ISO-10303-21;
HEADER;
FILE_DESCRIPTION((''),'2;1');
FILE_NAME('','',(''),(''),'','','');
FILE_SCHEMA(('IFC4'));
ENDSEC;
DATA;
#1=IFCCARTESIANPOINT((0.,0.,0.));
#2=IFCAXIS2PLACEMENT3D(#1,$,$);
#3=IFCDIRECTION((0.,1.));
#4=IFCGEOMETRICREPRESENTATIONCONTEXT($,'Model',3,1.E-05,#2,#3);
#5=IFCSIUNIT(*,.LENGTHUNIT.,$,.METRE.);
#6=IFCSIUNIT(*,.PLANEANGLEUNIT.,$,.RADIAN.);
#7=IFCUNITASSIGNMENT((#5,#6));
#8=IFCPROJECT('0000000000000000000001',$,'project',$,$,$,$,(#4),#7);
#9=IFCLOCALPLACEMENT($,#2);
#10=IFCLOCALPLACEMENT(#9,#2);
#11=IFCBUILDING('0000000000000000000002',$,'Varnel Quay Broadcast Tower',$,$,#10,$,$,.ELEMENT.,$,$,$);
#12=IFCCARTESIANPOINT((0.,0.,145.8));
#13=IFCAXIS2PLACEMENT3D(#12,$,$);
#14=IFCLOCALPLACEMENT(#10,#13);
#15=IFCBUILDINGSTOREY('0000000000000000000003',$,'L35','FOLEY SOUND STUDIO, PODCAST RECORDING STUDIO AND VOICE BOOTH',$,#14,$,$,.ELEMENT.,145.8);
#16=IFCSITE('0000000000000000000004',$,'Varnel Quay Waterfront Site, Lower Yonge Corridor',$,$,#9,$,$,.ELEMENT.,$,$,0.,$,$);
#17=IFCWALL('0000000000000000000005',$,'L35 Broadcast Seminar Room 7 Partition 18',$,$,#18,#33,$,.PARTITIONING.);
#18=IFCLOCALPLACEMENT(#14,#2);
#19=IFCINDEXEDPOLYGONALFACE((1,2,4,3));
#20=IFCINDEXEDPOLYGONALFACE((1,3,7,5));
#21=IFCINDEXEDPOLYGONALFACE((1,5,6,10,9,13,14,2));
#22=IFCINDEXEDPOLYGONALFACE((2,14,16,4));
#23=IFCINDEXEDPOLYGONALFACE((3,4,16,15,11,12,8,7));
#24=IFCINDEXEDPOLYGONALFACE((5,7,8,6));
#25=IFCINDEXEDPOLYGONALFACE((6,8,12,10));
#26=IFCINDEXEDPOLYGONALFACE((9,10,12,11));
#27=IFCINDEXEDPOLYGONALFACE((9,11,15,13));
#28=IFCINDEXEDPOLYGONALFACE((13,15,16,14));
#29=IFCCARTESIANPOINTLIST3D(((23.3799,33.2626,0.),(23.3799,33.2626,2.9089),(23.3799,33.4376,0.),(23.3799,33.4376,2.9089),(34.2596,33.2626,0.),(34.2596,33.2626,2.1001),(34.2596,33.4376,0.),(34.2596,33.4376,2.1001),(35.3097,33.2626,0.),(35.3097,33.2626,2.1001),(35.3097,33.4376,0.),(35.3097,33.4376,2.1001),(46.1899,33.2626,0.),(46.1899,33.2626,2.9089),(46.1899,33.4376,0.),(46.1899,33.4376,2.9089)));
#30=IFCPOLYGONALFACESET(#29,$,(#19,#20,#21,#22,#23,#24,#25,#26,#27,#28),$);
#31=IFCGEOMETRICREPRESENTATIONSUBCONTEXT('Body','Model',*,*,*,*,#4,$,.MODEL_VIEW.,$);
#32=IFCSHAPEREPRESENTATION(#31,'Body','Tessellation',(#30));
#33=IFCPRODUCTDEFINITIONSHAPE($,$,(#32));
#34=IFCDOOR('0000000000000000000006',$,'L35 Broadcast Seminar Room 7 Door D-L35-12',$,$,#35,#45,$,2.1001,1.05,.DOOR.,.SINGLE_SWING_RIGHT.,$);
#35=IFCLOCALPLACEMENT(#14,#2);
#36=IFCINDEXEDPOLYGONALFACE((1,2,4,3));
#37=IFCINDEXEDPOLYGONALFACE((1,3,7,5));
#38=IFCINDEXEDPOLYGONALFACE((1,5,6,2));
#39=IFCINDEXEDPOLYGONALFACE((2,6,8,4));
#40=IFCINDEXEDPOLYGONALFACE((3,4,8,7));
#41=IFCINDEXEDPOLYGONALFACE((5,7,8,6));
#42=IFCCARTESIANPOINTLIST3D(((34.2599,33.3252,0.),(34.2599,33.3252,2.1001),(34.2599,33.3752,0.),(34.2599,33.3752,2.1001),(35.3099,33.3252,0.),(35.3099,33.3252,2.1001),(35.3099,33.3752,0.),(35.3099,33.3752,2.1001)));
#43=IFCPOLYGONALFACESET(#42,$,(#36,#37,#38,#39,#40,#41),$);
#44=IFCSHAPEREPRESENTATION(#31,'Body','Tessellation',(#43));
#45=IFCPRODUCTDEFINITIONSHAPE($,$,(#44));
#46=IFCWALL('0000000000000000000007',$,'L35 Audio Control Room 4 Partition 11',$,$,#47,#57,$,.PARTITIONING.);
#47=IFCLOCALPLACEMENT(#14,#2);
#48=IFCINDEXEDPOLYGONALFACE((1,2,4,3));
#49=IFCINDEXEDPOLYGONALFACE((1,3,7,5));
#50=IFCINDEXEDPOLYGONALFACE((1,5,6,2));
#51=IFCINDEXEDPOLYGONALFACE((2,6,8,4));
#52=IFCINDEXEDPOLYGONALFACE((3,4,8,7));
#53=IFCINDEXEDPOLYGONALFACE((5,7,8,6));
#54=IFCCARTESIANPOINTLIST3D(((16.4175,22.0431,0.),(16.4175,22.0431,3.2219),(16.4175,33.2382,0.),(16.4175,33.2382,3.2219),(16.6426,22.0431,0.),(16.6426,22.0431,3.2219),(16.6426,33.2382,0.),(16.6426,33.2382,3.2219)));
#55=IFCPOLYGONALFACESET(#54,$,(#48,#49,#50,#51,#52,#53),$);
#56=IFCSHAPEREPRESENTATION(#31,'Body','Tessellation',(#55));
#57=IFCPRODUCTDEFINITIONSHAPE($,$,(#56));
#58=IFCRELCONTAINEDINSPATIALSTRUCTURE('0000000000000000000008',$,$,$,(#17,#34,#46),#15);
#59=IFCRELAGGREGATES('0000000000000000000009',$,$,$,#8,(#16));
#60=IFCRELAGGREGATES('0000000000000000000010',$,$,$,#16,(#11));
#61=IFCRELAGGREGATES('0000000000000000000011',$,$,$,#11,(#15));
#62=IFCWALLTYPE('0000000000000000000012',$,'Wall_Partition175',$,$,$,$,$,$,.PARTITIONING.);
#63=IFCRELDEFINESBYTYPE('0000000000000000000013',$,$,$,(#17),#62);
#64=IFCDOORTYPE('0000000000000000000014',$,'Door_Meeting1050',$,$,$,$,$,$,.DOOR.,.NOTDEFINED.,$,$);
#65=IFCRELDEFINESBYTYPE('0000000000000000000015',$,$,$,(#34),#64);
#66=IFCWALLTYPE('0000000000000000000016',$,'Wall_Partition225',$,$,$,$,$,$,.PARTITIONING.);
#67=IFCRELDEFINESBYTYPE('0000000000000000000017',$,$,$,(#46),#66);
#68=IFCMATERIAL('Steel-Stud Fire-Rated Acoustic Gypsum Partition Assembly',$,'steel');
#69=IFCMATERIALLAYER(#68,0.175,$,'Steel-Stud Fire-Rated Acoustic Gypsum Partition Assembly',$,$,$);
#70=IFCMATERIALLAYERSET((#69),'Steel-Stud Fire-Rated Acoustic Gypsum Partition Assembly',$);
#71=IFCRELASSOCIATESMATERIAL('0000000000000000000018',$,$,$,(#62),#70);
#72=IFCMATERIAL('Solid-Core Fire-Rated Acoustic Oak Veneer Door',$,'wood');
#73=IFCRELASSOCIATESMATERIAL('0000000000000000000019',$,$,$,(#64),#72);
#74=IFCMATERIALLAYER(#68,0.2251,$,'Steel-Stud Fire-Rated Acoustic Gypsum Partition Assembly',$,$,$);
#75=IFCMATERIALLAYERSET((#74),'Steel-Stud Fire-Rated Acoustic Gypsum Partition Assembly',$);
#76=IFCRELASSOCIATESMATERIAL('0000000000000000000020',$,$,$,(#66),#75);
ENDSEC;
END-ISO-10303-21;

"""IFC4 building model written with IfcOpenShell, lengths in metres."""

from ifc_helpers import new_model, si_unit, direction, frame, frame_2d, origin, place, context, subcontext, project, spatial, rectangle, extrude, source, transform, mapped, material, layer, layer_set, type_object, type_shapes, element, fill, save


model = new_model("IFC4")

# Units and contexts
model_context = context("Model", 3, precision=1e-05, world=origin(), true_north=direction((0.0, 1.0)))
body_context = subcontext(model_context, "Body", "Model", "MODEL_VIEW")
ifc_project = project(units=[si_unit("LENGTHUNIT", "METRE"), si_unit("PLANEANGLEUNIT", "RADIAN")], contexts=[model_context])

# Site, building, storey
site_placement = place(None, origin())
site = spatial("IfcSite", under=ifc_project, at=site_placement, Name="Varnel Quay Waterfront Site, Lower Yonge Corridor", CompositionType="ELEMENT", RefElevation=0.0)
building_placement = place(site_placement, origin())
building = spatial("IfcBuilding", under=site, at=building_placement, Name="Varnel Quay Broadcast Tower", CompositionType="ELEMENT")
storey_placement = place(building_placement, frame((0.0, 0.0, 145.8)))
storey = spatial("IfcBuildingStorey", under=building, at=storey_placement, Name="L35", Description="FOLEY SOUND STUDIO, PODCAST RECORDING STUDIO AND VOICE BOOTH", CompositionType="ELEMENT", Elevation=145.8)

# Shared definitions
ifc_material_1 = material(Name="Steel-Stud Fire-Rated Acoustic Gypsum Partition Assembly", Category="steel")
ifc_material_2 = material(Name="Solid-Core Fire-Rated Acoustic Oak Veneer Door", Category="wood")

# Wall, opening, door
ifc_layer_1 = layer(ifc_material_1, 0.175, Name="Steel-Stud Fire-Rated Acoustic Gypsum Partition Assembly")
ifc_layer_set_1 = layer_set([ifc_layer_1], Name="Steel-Stud Fire-Rated Acoustic Gypsum Partition Assembly")
wall_type_1 = type_object("IfcWallType", Name="Wall_Partition175", PredefinedType="PARTITIONING", material=ifc_layer_set_1)
wall_1_placement = place(storey_placement, frame((23.3799, 33.3501, 0.0), z_axis=(0.0, 0.0, 1.0), x_axis=(1.0, 0.0, 0.0)))
wall_1 = element("IfcWall", 1, at=wall_1_placement, inside=storey, type_object=wall_type_1, Name="L35 Broadcast Seminar Room 7 Partition 18", PredefinedType="PARTITIONING", context=body_context, shape_type="SweptSolid", body=[
    extrude(rectangle(XDim=22.8101, YDim=0.175, at=frame_2d((11.405, 0.0))), origin(), (0.0, 0.0, 1.0), 2.9089),
])
opening_1_placement = place(wall_1_placement, frame((10.8799, 0.0, 0.0)))
opening_1 = element("IfcOpeningElement", 2, at=opening_1_placement, cuts=wall_1, PredefinedType="OPENING", context=body_context, shape_type="SweptSolid", body=[
    extrude(rectangle(XDim=1.05, YDim=2.1001, at=frame_2d((0.5249, 1.05))), frame((0.0, 0.0977, 0.0), z_axis=(0.0, -1.0, 0.0), x_axis=(1.0, 0.0, 0.0)), (0.0, 0.0, 1.0), 0.1951),
])
door_type_1 = type_object("IfcDoorType", Name="Door_Meeting1050", OperationType="NOTDEFINED", PredefinedType="DOOR", material=ifc_material_2)
shared_shape_1 = source(origin(), body_context, "Body", "SweptSolid", [
    extrude(rectangle(XDim=1.05, YDim=2.1001, at=frame_2d((0.5249, 1.05))), frame((0.0, 0.0249, 0.0), z_axis=(0.0, -1.0, 0.0), x_axis=(1.0, 0.0, 0.0)), (0.0, 0.0, 1.0), 0.05),
])
type_shapes(door_type_1, [shared_shape_1])
door_1_placement = place(opening_1_placement, frame((1.05, 0.0, 0.0), z_axis=(0.0, 0.0, 1.0), x_axis=(-1.0, 0.0, 0.0)))
door_1 = element("IfcDoor", 3, at=door_1_placement, inside=storey, type_object=door_type_1, Name="L35 Broadcast Seminar Room 7 Door D-L35-12", OperationType="SINGLE_SWING_RIGHT", OverallHeight=2.1001, OverallWidth=1.05, PredefinedType="DOOR", context=body_context, shape_type="MappedRepresentation", body=[
    mapped(shared_shape_1, transform((0.0, 0.0, 0.0), x_axis=(1.0, 0.0, 0.0), y_axis=(0.0, 1.0, 0.0), z_axis=(0.0, 0.0, 1.0), scale=1.0)),
])
fill(opening_1, door_1)

# Wall
ifc_layer_2 = layer(ifc_material_1, 0.2251, Name="Steel-Stud Fire-Rated Acoustic Gypsum Partition Assembly")
ifc_layer_set_2 = layer_set([ifc_layer_2], Name="Steel-Stud Fire-Rated Acoustic Gypsum Partition Assembly")
wall_type_2 = type_object("IfcWallType", Name="Wall_Partition225", PredefinedType="PARTITIONING", material=ifc_layer_set_2)
wall_2_placement = place(storey_placement, frame((16.53, 22.043, 0.0), z_axis=(0.0, 0.0, 1.0), x_axis=(0.0, 1.0, 0.0)))
element("IfcWall", 4, at=wall_2_placement, inside=storey, type_object=wall_type_2, Name="L35 Audio Control Room 4 Partition 11", PredefinedType="PARTITIONING", context=body_context, shape_type="SweptSolid", body=[
    extrude(rectangle(XDim=11.1951, YDim=0.2251, at=frame_2d((5.5977, 0.0))), origin(), (0.0, 0.0, 1.0), 3.2219),
])

save(model, "model.ifc")
